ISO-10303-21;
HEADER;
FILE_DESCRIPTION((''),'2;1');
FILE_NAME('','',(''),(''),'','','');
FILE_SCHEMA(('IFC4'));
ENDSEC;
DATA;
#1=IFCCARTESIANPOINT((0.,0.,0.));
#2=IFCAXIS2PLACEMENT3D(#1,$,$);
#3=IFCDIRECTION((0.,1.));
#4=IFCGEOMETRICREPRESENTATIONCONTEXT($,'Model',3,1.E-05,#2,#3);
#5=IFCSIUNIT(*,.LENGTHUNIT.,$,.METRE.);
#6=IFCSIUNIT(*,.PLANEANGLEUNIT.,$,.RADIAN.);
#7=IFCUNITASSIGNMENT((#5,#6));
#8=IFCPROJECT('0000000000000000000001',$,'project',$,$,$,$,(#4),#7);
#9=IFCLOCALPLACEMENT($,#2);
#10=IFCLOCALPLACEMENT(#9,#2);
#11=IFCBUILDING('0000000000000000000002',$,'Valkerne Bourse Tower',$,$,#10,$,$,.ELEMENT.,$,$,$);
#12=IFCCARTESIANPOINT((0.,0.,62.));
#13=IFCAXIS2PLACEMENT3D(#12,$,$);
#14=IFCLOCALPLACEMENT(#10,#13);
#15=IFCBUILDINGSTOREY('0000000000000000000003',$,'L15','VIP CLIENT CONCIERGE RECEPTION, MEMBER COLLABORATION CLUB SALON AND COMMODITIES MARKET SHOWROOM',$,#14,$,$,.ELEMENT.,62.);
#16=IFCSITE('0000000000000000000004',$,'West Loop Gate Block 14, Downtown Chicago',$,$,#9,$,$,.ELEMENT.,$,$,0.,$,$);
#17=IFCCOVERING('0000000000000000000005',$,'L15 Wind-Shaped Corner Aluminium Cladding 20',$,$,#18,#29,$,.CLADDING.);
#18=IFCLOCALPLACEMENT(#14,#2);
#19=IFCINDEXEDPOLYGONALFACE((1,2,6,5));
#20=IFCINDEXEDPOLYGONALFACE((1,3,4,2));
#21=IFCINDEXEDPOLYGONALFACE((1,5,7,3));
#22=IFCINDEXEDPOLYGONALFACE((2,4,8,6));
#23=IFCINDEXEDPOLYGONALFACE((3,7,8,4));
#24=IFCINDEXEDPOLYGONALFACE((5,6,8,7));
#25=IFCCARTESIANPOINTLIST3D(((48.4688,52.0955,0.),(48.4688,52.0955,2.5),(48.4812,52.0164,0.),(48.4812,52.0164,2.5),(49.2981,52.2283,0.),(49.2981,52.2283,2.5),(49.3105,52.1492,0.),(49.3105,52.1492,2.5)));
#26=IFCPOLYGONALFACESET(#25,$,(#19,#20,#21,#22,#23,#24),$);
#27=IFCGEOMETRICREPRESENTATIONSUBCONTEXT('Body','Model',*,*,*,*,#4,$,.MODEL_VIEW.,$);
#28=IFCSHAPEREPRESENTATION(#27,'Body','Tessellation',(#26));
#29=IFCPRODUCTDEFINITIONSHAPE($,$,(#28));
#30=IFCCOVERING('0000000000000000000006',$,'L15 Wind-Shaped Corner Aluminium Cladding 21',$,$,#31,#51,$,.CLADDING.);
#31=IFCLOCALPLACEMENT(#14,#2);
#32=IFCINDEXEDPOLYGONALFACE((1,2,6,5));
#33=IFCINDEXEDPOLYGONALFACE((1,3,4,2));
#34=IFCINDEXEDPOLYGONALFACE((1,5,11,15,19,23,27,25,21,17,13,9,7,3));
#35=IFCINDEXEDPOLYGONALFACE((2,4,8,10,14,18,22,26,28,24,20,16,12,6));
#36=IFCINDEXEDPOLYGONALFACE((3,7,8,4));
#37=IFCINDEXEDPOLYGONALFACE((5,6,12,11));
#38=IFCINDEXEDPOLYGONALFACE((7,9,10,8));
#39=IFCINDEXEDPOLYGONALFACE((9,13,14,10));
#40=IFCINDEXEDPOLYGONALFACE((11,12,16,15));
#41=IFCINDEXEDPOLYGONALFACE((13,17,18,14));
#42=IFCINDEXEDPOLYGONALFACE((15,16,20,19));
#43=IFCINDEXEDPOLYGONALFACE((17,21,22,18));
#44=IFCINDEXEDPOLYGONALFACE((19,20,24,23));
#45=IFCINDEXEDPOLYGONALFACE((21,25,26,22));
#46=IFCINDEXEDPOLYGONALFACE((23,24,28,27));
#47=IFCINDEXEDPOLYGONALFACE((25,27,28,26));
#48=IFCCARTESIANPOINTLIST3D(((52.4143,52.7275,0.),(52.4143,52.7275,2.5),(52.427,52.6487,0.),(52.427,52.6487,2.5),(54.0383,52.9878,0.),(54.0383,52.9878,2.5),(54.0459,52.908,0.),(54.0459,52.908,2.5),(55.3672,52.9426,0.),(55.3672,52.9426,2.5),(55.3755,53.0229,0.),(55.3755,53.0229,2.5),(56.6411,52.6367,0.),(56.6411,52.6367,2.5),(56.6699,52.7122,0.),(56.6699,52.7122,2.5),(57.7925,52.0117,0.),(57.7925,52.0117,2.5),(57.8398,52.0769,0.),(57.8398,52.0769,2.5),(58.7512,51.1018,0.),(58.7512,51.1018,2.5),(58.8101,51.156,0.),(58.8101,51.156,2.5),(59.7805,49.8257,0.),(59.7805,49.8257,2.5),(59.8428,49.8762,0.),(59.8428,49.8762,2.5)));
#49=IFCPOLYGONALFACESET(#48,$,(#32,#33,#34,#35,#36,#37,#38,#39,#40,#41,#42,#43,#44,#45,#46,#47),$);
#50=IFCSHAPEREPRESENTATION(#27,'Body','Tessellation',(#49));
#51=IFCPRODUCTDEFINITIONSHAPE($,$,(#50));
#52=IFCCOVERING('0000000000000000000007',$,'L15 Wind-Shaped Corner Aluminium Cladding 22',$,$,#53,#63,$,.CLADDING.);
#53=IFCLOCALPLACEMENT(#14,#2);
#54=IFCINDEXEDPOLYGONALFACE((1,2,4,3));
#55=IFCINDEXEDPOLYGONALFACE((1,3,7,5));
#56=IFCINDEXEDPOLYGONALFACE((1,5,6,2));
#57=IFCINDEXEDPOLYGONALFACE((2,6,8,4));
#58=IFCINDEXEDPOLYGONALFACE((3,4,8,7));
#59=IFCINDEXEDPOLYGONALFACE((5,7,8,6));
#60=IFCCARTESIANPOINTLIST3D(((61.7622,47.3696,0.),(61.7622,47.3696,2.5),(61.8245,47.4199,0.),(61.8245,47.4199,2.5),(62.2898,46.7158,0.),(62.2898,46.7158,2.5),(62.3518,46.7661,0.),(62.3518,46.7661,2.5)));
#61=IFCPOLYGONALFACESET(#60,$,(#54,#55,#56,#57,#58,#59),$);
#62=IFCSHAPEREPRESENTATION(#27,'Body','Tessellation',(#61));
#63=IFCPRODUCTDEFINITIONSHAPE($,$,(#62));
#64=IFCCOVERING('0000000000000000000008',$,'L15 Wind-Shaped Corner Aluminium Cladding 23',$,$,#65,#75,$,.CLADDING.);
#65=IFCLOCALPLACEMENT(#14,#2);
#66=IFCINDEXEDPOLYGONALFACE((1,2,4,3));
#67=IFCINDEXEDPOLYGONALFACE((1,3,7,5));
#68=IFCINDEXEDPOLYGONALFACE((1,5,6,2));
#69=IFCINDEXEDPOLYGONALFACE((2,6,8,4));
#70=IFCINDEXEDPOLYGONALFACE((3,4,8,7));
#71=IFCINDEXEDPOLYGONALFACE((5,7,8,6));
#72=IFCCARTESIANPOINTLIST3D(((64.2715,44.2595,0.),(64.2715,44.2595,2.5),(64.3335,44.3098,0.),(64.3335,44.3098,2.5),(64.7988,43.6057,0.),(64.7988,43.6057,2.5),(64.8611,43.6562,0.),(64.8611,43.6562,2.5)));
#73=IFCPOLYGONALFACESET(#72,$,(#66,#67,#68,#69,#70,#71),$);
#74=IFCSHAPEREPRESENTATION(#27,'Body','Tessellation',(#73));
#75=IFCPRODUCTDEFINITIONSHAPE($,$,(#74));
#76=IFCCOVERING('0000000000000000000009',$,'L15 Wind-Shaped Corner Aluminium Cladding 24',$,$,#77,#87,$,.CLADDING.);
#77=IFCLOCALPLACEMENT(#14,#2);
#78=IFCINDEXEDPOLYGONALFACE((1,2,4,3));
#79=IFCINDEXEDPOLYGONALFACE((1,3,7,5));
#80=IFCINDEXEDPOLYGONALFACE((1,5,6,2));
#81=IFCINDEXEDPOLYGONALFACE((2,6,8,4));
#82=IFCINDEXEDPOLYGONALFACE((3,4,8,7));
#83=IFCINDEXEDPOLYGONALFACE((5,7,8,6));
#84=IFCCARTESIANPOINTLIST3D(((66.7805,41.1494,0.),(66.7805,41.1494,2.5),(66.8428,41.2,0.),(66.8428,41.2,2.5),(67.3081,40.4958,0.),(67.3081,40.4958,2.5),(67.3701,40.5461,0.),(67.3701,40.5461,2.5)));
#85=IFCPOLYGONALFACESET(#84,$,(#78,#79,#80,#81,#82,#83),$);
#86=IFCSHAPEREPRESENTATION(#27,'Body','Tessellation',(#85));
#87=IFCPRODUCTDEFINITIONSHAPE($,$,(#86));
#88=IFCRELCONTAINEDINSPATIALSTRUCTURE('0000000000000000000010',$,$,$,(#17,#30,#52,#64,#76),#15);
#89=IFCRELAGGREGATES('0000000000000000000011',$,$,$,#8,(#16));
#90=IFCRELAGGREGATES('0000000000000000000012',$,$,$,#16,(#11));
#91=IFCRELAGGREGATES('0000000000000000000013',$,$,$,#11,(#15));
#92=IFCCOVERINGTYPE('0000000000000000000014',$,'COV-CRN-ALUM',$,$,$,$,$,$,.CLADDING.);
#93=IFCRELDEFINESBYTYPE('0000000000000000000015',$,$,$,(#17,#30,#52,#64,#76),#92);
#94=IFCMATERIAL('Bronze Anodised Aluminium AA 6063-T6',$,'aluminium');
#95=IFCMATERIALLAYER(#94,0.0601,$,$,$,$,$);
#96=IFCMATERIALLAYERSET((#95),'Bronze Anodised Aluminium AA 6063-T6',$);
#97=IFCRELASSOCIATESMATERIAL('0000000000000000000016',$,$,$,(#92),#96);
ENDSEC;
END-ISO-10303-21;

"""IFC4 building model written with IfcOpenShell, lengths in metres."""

from ifc_helpers import new_model, si_unit, direction, frame, origin, place, context, subcontext, project, spatial, polyline, outline, extrude, material, layer, layer_set, type_object, element, save


model = new_model("IFC4")

# Units and contexts
model_context = context("Model", 3, precision=1e-05, world=origin(), true_north=direction((0.0, 1.0)))
body_context = subcontext(model_context, "Body", "Model", "MODEL_VIEW")
ifc_project = project(units=[si_unit("LENGTHUNIT", "METRE"), si_unit("PLANEANGLEUNIT", "RADIAN")], contexts=[model_context])

# Site, building, storey
site_placement = place(None, origin())
site = spatial("IfcSite", under=ifc_project, at=site_placement, Name="West Loop Gate Block 14, Downtown Chicago", CompositionType="ELEMENT", RefElevation=0.0)
building_placement = place(site_placement, origin())
building = spatial("IfcBuilding", under=site, at=building_placement, Name="Valkerne Bourse Tower", CompositionType="ELEMENT")
storey_placement = place(building_placement, frame((0.0, 0.0, 62.0)))
storey = spatial("IfcBuildingStorey", under=building, at=storey_placement, Name="L15", Description="VIP CLIENT CONCIERGE RECEPTION, MEMBER COLLABORATION CLUB SALON AND COMMODITIES MARKET SHOWROOM", CompositionType="ELEMENT", Elevation=62.0)

# Coverings
ifc_material_1 = material(Name="Bronze Anodised Aluminium AA 6063-T6", Category="aluminium")
ifc_layer_1 = layer(ifc_material_1, 0.0601)
ifc_layer_set_1 = layer_set([ifc_layer_1], Name="Bronze Anodised Aluminium AA 6063-T6")
covering_type = type_object("IfcCoveringType", Name="COV-CRN-ALUM", PredefinedType="CLADDING", material=ifc_layer_set_1)
covering_1_placement = place(storey_placement, origin())
element("IfcCovering", 1, at=covering_1_placement, inside=storey, type_object=covering_type, Name="L15 Wind-Shaped Corner Aluminium Cladding 20", PredefinedType="CLADDING", context=body_context, shape_type="SweptSolid", body=[
    extrude(outline(polyline([(49.2981, 52.2283), (49.3105, 52.1492), (48.4812, 52.0164), (48.4688, 52.0955), (49.2981, 52.2283)])), origin(), (0.0, 0.0, 1.0), 2.5),
])
covering_2_placement = place(storey_placement, origin())
element("IfcCovering", 2, at=covering_2_placement, inside=storey, type_object=covering_type, Name="L15 Wind-Shaped Corner Aluminium Cladding 21", PredefinedType="CLADDING", context=body_context, shape_type="SweptSolid", body=[
    extrude(outline(polyline([(54.0383, 52.9878), (55.3755, 53.0229), (56.6699, 52.7122), (57.8398, 52.0769), (58.8101, 51.156), (59.8428, 49.8762), (59.7805, 49.8257), (58.7512, 51.1018), (57.7925, 52.0117), (56.6411, 52.6367), (55.3672, 52.9426), (54.0459, 52.908), (52.427, 52.6487), (52.4143, 52.7275), (54.0383, 52.9878)])), origin(), (0.0, 0.0, 1.0), 2.5),
])
covering_3_placement = place(storey_placement, origin())
element("IfcCovering", 3, at=covering_3_placement, inside=storey, type_object=covering_type, Name="L15 Wind-Shaped Corner Aluminium Cladding 22", PredefinedType="CLADDING", context=body_context, shape_type="SweptSolid", body=[
    extrude(outline(polyline([(62.3518, 46.7661), (62.2898, 46.7158), (61.7622, 47.3696), (61.8245, 47.4199), (62.3518, 46.7661)])), origin(), (0.0, 0.0, 1.0), 2.5),
])
covering_4_placement = place(storey_placement, origin())
element("IfcCovering", 4, at=covering_4_placement, inside=storey, type_object=covering_type, Name="L15 Wind-Shaped Corner Aluminium Cladding 23", PredefinedType="CLADDING", context=body_context, shape_type="SweptSolid", body=[
    extrude(outline(polyline([(64.8611, 43.6562), (64.7988, 43.6057), (64.2715, 44.2595), (64.3335, 44.3098), (64.8611, 43.6562)])), origin(), (0.0, 0.0, 1.0), 2.5),
])
covering_5_placement = place(storey_placement, origin())
element("IfcCovering", 5, at=covering_5_placement, inside=storey, type_object=covering_type, Name="L15 Wind-Shaped Corner Aluminium Cladding 24", PredefinedType="CLADDING", context=body_context, shape_type="SweptSolid", body=[
    extrude(outline(polyline([(67.3701, 40.5461), (67.3081, 40.4958), (66.7805, 41.1494), (66.8428, 41.2), (67.3701, 40.5461)])), origin(), (0.0, 0.0, 1.0), 2.5),
])

save(model, "model.ifc")
